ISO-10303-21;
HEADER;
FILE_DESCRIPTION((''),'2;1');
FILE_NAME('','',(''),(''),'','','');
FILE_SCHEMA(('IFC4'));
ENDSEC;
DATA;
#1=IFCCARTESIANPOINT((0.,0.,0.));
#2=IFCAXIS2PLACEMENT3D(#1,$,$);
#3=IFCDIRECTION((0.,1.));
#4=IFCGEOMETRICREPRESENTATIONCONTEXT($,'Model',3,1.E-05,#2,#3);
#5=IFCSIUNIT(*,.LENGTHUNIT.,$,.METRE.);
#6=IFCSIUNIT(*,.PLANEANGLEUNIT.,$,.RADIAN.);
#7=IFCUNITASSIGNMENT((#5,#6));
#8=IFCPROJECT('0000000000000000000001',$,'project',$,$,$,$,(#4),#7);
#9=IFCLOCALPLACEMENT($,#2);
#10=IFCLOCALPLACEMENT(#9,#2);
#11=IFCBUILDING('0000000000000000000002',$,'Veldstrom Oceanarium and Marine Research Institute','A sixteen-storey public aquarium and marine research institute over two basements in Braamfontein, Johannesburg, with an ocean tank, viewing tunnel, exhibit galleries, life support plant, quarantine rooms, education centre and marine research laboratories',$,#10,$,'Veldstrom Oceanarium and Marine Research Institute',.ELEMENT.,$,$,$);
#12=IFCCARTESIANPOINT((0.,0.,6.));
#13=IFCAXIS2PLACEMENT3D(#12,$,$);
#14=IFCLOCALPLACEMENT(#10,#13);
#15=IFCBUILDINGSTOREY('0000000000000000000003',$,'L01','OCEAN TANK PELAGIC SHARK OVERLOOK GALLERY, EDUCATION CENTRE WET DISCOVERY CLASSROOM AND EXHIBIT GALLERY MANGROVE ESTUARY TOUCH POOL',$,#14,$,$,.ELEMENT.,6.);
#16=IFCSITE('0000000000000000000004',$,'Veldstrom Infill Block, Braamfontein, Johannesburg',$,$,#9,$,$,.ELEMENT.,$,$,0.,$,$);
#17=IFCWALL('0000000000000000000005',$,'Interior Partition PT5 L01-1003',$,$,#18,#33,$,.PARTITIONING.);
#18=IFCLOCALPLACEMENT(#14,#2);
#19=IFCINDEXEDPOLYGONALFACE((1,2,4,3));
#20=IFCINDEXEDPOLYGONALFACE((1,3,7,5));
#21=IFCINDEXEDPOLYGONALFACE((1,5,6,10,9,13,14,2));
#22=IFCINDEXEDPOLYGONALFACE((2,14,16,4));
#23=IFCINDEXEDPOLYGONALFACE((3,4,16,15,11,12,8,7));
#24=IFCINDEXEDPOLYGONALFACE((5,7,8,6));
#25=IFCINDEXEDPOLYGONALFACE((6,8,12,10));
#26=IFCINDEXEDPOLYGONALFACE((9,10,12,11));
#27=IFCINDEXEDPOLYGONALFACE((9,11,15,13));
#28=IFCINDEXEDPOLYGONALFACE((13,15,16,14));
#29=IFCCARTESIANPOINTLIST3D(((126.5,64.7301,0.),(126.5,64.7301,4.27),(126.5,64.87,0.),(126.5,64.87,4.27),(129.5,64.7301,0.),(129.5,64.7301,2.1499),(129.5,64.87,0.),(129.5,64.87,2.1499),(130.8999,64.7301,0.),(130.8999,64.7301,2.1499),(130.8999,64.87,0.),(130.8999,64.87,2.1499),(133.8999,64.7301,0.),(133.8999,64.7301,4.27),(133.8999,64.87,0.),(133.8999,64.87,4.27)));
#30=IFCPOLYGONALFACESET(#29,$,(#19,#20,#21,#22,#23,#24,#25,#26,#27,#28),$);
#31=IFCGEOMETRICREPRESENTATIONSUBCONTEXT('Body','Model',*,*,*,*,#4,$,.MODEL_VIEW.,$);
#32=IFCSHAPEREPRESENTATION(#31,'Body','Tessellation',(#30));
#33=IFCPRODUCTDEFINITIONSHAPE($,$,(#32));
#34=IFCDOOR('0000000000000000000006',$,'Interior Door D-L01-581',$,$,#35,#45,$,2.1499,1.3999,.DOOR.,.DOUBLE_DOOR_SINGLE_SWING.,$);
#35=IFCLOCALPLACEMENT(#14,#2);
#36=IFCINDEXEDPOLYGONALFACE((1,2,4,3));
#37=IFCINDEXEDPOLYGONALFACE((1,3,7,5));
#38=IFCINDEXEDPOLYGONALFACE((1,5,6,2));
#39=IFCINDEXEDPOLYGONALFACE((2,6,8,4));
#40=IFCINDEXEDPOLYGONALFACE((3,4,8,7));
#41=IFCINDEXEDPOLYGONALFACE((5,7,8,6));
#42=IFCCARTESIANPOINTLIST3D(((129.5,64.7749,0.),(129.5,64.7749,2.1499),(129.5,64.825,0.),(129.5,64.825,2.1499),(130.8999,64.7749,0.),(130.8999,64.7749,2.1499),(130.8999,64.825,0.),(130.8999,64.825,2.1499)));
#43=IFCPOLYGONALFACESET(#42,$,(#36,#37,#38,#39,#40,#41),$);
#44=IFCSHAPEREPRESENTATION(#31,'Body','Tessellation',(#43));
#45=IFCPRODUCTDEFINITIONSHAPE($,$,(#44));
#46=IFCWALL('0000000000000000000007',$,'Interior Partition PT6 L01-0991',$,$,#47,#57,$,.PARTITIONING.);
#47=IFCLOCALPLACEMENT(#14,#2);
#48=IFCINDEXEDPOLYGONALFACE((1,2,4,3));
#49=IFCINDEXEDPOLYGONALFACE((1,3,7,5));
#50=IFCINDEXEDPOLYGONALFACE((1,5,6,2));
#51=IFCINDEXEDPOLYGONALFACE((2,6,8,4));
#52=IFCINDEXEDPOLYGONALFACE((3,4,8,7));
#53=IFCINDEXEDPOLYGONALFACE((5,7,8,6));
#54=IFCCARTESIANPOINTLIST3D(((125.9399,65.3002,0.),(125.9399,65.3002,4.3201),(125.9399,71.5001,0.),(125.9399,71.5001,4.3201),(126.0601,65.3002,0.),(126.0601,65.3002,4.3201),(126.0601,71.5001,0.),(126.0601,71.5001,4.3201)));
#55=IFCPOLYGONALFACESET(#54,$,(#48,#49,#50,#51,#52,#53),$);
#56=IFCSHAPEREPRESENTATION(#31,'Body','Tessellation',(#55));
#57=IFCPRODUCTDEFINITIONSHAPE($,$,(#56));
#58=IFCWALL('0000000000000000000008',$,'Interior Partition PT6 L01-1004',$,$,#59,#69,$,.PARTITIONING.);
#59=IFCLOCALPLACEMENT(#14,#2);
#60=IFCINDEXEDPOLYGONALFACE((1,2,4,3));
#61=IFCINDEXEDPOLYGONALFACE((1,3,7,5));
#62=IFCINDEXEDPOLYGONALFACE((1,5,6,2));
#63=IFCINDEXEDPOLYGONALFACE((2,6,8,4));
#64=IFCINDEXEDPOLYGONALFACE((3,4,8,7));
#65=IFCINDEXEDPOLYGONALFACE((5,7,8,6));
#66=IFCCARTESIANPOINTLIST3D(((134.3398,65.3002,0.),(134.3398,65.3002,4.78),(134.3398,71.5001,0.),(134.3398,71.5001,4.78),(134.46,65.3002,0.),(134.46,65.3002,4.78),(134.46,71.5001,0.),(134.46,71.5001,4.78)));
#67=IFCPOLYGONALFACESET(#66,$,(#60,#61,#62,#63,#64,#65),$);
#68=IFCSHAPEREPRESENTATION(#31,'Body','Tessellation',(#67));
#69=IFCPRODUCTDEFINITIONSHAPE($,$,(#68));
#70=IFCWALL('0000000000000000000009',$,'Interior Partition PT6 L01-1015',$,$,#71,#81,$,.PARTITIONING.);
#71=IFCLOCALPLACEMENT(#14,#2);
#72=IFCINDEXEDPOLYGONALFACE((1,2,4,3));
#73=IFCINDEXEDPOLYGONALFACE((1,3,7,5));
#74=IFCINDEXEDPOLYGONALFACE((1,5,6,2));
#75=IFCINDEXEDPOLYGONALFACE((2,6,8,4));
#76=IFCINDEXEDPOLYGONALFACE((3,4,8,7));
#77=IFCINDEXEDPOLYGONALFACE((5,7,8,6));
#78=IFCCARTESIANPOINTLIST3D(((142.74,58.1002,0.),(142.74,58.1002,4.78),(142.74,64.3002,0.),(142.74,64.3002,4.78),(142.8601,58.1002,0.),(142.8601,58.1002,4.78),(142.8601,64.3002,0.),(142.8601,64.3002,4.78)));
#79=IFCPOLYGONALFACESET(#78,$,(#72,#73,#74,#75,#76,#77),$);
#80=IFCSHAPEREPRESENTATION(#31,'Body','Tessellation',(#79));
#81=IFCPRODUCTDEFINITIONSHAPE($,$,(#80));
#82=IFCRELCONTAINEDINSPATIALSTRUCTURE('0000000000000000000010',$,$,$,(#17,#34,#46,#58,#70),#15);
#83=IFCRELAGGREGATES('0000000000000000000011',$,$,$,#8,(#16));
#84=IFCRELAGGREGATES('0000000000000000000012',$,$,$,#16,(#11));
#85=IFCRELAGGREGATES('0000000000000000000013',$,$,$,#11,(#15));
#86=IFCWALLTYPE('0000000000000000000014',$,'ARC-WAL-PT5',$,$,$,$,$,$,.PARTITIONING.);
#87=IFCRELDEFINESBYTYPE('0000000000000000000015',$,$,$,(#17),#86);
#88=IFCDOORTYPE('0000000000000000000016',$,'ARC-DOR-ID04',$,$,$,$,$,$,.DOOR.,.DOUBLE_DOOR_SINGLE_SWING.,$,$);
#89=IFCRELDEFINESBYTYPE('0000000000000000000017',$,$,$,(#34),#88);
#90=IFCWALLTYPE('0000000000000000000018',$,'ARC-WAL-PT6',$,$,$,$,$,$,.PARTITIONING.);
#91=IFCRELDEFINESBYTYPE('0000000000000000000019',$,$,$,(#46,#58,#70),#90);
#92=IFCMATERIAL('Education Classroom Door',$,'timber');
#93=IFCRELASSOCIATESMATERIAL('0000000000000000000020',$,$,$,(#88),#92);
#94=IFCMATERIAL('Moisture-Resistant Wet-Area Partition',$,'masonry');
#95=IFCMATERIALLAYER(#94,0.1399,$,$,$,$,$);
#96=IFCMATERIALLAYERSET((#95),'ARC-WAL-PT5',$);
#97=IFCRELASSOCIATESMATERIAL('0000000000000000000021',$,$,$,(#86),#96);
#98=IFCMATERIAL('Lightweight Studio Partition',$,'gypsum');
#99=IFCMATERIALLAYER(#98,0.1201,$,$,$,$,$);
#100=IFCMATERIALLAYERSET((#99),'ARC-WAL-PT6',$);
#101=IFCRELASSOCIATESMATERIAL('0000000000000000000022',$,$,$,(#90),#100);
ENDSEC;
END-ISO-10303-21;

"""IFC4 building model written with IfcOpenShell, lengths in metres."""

from ifc_helpers import new_model, si_unit, direction, frame, frame_2d, origin, place, context, subcontext, project, spatial, rectangle, extrude, material, layer, layer_set, type_object, element, fill, save


model = new_model("IFC4")

# Units and contexts
model_context = context("Model", 3, precision=1e-05, world=origin(), true_north=direction((0.0, 1.0)))
body_context = subcontext(model_context, "Body", "Model", "MODEL_VIEW")
ifc_project = project(units=[si_unit("LENGTHUNIT", "METRE"), si_unit("PLANEANGLEUNIT", "RADIAN")], contexts=[model_context])

# Site, building, storey
site_placement = place(None, origin())
site = spatial("IfcSite", under=ifc_project, at=site_placement, Name="Veldstrom Infill Block, Braamfontein, Johannesburg", CompositionType="ELEMENT", RefElevation=0.0)
building_placement = place(site_placement, origin())
building = spatial("IfcBuilding", under=site, at=building_placement, Name="Veldstrom Oceanarium and Marine Research Institute", Description="A sixteen-storey public aquarium and marine research institute over two basements in Braamfontein, Johannesburg, with an ocean tank, viewing tunnel, exhibit galleries, life support plant, quarantine rooms, education centre and marine research laboratories", LongName="Veldstrom Oceanarium and Marine Research Institute", CompositionType="ELEMENT")
storey_placement = place(building_placement, frame((0.0, 0.0, 6.0)))
storey = spatial("IfcBuildingStorey", under=building, at=storey_placement, Name="L01", Description="OCEAN TANK PELAGIC SHARK OVERLOOK GALLERY, EDUCATION CENTRE WET DISCOVERY CLASSROOM AND EXHIBIT GALLERY MANGROVE ESTUARY TOUCH POOL", CompositionType="ELEMENT", Elevation=6.0)

# Wall, opening, door
ifc_material_1 = material(Name="Education Classroom Door", Category="timber")
door_type_1 = type_object("IfcDoorType", Name="ARC-DOR-ID04", OperationType="DOUBLE_DOOR_SINGLE_SWING", PredefinedType="DOOR", material=ifc_material_1)
ifc_material_2 = material(Name="Moisture-Resistant Wet-Area Partition", Category="masonry")
ifc_layer_1 = layer(ifc_material_2, 0.1399)
ifc_layer_set_1 = layer_set([ifc_layer_1], Name="ARC-WAL-PT5")
wall_type_1 = type_object("IfcWallType", Name="ARC-WAL-PT5", PredefinedType="PARTITIONING", material=ifc_layer_set_1)
wall_1_placement = place(storey_placement, frame((126.5, 64.8, 0.0), z_axis=(0.0, 0.0, 1.0), x_axis=(1.0, 0.0, 0.0)))
wall_1 = element("IfcWall", 1, at=wall_1_placement, inside=storey, type_object=wall_type_1, Name="Interior Partition PT5 L01-1003", PredefinedType="PARTITIONING", context=body_context, shape_type="SweptSolid", body=[
    extrude(rectangle(XDim=7.3999, YDim=0.1399, at=frame_2d((3.7, 0.0))), origin(), (0.0, 0.0, 1.0), 4.27),
])
opening_1_placement = place(wall_1_placement, frame((3.0, 0.0, 0.0)))
opening_1 = element("IfcOpeningElement", 2, at=opening_1_placement, cuts=wall_1, PredefinedType="OPENING", context=body_context, shape_type="SweptSolid", body=[
    extrude(rectangle(XDim=1.3999, YDim=2.1499, at=frame_2d((0.7, 1.075))), frame((0.0, 0.0798, 0.0), z_axis=(0.0, -1.0, 0.0), x_axis=(1.0, 0.0, 0.0)), (0.0, 0.0, 1.0), 0.1599),
])
door_1_placement = place(opening_1_placement, origin())
door_1 = element("IfcDoor", 3, at=door_1_placement, inside=storey, type_object=door_type_1, Name="Interior Door D-L01-581", OperationType="DOUBLE_DOOR_SINGLE_SWING", OverallHeight=2.1499, OverallWidth=1.3999, PredefinedType="DOOR", context=body_context, shape_type="SweptSolid", body=[
    extrude(rectangle(XDim=1.3999, YDim=2.1499, at=frame_2d((0.7, 1.075))), frame((0.0, 0.0249, 0.0), z_axis=(0.0, -1.0, 0.0), x_axis=(1.0, 0.0, 0.0)), (0.0, 0.0, 1.0), 0.05),
])
fill(opening_1, door_1)

# Walls
ifc_material_3 = material(Name="Lightweight Studio Partition", Category="gypsum")
ifc_layer_2 = layer(ifc_material_3, 0.1201)
ifc_layer_set_2 = layer_set([ifc_layer_2], Name="ARC-WAL-PT6")
wall_type_2 = type_object("IfcWallType", Name="ARC-WAL-PT6", PredefinedType="PARTITIONING", material=ifc_layer_set_2)
wall_2_placement = place(storey_placement, frame((126.0, 65.3, 0.0), z_axis=(0.0, 0.0, 1.0), x_axis=(0.0, 1.0, 0.0)))
element("IfcWall", 4, at=wall_2_placement, inside=storey, type_object=wall_type_2, Name="Interior Partition PT6 L01-0991", PredefinedType="PARTITIONING", context=body_context, shape_type="SweptSolid", body=[
    extrude(rectangle(XDim=6.2, YDim=0.1201, at=frame_2d((3.1001, 0.0))), origin(), (0.0, 0.0, 1.0), 4.3201),
])
for number, where, z_axis, x_axis, name in (
    (5, (134.3999, 65.3, 0.0), (0.0, 0.0, 1.0), (0.0, 1.0, 0.0), "Interior Partition PT6 L01-1004"),
    (6, (142.8, 58.1001, 0.0), (0.0, 0.0, 1.0), (0.0, 1.0, 0.0), "Interior Partition PT6 L01-1015"),
):
    element("IfcWall", number, at=place(storey_placement, frame(where, z_axis=z_axis, x_axis=x_axis)), inside=storey, type_object=wall_type_2, Name=name, PredefinedType="PARTITIONING", context=body_context, shape_type="SweptSolid", body=[
        extrude(rectangle(XDim=6.2, YDim=0.1201, at=frame_2d((3.1001, 0.0))), origin(), (0.0, 0.0, 1.0), 4.78),
    ])

save(model, "model.ifc")
